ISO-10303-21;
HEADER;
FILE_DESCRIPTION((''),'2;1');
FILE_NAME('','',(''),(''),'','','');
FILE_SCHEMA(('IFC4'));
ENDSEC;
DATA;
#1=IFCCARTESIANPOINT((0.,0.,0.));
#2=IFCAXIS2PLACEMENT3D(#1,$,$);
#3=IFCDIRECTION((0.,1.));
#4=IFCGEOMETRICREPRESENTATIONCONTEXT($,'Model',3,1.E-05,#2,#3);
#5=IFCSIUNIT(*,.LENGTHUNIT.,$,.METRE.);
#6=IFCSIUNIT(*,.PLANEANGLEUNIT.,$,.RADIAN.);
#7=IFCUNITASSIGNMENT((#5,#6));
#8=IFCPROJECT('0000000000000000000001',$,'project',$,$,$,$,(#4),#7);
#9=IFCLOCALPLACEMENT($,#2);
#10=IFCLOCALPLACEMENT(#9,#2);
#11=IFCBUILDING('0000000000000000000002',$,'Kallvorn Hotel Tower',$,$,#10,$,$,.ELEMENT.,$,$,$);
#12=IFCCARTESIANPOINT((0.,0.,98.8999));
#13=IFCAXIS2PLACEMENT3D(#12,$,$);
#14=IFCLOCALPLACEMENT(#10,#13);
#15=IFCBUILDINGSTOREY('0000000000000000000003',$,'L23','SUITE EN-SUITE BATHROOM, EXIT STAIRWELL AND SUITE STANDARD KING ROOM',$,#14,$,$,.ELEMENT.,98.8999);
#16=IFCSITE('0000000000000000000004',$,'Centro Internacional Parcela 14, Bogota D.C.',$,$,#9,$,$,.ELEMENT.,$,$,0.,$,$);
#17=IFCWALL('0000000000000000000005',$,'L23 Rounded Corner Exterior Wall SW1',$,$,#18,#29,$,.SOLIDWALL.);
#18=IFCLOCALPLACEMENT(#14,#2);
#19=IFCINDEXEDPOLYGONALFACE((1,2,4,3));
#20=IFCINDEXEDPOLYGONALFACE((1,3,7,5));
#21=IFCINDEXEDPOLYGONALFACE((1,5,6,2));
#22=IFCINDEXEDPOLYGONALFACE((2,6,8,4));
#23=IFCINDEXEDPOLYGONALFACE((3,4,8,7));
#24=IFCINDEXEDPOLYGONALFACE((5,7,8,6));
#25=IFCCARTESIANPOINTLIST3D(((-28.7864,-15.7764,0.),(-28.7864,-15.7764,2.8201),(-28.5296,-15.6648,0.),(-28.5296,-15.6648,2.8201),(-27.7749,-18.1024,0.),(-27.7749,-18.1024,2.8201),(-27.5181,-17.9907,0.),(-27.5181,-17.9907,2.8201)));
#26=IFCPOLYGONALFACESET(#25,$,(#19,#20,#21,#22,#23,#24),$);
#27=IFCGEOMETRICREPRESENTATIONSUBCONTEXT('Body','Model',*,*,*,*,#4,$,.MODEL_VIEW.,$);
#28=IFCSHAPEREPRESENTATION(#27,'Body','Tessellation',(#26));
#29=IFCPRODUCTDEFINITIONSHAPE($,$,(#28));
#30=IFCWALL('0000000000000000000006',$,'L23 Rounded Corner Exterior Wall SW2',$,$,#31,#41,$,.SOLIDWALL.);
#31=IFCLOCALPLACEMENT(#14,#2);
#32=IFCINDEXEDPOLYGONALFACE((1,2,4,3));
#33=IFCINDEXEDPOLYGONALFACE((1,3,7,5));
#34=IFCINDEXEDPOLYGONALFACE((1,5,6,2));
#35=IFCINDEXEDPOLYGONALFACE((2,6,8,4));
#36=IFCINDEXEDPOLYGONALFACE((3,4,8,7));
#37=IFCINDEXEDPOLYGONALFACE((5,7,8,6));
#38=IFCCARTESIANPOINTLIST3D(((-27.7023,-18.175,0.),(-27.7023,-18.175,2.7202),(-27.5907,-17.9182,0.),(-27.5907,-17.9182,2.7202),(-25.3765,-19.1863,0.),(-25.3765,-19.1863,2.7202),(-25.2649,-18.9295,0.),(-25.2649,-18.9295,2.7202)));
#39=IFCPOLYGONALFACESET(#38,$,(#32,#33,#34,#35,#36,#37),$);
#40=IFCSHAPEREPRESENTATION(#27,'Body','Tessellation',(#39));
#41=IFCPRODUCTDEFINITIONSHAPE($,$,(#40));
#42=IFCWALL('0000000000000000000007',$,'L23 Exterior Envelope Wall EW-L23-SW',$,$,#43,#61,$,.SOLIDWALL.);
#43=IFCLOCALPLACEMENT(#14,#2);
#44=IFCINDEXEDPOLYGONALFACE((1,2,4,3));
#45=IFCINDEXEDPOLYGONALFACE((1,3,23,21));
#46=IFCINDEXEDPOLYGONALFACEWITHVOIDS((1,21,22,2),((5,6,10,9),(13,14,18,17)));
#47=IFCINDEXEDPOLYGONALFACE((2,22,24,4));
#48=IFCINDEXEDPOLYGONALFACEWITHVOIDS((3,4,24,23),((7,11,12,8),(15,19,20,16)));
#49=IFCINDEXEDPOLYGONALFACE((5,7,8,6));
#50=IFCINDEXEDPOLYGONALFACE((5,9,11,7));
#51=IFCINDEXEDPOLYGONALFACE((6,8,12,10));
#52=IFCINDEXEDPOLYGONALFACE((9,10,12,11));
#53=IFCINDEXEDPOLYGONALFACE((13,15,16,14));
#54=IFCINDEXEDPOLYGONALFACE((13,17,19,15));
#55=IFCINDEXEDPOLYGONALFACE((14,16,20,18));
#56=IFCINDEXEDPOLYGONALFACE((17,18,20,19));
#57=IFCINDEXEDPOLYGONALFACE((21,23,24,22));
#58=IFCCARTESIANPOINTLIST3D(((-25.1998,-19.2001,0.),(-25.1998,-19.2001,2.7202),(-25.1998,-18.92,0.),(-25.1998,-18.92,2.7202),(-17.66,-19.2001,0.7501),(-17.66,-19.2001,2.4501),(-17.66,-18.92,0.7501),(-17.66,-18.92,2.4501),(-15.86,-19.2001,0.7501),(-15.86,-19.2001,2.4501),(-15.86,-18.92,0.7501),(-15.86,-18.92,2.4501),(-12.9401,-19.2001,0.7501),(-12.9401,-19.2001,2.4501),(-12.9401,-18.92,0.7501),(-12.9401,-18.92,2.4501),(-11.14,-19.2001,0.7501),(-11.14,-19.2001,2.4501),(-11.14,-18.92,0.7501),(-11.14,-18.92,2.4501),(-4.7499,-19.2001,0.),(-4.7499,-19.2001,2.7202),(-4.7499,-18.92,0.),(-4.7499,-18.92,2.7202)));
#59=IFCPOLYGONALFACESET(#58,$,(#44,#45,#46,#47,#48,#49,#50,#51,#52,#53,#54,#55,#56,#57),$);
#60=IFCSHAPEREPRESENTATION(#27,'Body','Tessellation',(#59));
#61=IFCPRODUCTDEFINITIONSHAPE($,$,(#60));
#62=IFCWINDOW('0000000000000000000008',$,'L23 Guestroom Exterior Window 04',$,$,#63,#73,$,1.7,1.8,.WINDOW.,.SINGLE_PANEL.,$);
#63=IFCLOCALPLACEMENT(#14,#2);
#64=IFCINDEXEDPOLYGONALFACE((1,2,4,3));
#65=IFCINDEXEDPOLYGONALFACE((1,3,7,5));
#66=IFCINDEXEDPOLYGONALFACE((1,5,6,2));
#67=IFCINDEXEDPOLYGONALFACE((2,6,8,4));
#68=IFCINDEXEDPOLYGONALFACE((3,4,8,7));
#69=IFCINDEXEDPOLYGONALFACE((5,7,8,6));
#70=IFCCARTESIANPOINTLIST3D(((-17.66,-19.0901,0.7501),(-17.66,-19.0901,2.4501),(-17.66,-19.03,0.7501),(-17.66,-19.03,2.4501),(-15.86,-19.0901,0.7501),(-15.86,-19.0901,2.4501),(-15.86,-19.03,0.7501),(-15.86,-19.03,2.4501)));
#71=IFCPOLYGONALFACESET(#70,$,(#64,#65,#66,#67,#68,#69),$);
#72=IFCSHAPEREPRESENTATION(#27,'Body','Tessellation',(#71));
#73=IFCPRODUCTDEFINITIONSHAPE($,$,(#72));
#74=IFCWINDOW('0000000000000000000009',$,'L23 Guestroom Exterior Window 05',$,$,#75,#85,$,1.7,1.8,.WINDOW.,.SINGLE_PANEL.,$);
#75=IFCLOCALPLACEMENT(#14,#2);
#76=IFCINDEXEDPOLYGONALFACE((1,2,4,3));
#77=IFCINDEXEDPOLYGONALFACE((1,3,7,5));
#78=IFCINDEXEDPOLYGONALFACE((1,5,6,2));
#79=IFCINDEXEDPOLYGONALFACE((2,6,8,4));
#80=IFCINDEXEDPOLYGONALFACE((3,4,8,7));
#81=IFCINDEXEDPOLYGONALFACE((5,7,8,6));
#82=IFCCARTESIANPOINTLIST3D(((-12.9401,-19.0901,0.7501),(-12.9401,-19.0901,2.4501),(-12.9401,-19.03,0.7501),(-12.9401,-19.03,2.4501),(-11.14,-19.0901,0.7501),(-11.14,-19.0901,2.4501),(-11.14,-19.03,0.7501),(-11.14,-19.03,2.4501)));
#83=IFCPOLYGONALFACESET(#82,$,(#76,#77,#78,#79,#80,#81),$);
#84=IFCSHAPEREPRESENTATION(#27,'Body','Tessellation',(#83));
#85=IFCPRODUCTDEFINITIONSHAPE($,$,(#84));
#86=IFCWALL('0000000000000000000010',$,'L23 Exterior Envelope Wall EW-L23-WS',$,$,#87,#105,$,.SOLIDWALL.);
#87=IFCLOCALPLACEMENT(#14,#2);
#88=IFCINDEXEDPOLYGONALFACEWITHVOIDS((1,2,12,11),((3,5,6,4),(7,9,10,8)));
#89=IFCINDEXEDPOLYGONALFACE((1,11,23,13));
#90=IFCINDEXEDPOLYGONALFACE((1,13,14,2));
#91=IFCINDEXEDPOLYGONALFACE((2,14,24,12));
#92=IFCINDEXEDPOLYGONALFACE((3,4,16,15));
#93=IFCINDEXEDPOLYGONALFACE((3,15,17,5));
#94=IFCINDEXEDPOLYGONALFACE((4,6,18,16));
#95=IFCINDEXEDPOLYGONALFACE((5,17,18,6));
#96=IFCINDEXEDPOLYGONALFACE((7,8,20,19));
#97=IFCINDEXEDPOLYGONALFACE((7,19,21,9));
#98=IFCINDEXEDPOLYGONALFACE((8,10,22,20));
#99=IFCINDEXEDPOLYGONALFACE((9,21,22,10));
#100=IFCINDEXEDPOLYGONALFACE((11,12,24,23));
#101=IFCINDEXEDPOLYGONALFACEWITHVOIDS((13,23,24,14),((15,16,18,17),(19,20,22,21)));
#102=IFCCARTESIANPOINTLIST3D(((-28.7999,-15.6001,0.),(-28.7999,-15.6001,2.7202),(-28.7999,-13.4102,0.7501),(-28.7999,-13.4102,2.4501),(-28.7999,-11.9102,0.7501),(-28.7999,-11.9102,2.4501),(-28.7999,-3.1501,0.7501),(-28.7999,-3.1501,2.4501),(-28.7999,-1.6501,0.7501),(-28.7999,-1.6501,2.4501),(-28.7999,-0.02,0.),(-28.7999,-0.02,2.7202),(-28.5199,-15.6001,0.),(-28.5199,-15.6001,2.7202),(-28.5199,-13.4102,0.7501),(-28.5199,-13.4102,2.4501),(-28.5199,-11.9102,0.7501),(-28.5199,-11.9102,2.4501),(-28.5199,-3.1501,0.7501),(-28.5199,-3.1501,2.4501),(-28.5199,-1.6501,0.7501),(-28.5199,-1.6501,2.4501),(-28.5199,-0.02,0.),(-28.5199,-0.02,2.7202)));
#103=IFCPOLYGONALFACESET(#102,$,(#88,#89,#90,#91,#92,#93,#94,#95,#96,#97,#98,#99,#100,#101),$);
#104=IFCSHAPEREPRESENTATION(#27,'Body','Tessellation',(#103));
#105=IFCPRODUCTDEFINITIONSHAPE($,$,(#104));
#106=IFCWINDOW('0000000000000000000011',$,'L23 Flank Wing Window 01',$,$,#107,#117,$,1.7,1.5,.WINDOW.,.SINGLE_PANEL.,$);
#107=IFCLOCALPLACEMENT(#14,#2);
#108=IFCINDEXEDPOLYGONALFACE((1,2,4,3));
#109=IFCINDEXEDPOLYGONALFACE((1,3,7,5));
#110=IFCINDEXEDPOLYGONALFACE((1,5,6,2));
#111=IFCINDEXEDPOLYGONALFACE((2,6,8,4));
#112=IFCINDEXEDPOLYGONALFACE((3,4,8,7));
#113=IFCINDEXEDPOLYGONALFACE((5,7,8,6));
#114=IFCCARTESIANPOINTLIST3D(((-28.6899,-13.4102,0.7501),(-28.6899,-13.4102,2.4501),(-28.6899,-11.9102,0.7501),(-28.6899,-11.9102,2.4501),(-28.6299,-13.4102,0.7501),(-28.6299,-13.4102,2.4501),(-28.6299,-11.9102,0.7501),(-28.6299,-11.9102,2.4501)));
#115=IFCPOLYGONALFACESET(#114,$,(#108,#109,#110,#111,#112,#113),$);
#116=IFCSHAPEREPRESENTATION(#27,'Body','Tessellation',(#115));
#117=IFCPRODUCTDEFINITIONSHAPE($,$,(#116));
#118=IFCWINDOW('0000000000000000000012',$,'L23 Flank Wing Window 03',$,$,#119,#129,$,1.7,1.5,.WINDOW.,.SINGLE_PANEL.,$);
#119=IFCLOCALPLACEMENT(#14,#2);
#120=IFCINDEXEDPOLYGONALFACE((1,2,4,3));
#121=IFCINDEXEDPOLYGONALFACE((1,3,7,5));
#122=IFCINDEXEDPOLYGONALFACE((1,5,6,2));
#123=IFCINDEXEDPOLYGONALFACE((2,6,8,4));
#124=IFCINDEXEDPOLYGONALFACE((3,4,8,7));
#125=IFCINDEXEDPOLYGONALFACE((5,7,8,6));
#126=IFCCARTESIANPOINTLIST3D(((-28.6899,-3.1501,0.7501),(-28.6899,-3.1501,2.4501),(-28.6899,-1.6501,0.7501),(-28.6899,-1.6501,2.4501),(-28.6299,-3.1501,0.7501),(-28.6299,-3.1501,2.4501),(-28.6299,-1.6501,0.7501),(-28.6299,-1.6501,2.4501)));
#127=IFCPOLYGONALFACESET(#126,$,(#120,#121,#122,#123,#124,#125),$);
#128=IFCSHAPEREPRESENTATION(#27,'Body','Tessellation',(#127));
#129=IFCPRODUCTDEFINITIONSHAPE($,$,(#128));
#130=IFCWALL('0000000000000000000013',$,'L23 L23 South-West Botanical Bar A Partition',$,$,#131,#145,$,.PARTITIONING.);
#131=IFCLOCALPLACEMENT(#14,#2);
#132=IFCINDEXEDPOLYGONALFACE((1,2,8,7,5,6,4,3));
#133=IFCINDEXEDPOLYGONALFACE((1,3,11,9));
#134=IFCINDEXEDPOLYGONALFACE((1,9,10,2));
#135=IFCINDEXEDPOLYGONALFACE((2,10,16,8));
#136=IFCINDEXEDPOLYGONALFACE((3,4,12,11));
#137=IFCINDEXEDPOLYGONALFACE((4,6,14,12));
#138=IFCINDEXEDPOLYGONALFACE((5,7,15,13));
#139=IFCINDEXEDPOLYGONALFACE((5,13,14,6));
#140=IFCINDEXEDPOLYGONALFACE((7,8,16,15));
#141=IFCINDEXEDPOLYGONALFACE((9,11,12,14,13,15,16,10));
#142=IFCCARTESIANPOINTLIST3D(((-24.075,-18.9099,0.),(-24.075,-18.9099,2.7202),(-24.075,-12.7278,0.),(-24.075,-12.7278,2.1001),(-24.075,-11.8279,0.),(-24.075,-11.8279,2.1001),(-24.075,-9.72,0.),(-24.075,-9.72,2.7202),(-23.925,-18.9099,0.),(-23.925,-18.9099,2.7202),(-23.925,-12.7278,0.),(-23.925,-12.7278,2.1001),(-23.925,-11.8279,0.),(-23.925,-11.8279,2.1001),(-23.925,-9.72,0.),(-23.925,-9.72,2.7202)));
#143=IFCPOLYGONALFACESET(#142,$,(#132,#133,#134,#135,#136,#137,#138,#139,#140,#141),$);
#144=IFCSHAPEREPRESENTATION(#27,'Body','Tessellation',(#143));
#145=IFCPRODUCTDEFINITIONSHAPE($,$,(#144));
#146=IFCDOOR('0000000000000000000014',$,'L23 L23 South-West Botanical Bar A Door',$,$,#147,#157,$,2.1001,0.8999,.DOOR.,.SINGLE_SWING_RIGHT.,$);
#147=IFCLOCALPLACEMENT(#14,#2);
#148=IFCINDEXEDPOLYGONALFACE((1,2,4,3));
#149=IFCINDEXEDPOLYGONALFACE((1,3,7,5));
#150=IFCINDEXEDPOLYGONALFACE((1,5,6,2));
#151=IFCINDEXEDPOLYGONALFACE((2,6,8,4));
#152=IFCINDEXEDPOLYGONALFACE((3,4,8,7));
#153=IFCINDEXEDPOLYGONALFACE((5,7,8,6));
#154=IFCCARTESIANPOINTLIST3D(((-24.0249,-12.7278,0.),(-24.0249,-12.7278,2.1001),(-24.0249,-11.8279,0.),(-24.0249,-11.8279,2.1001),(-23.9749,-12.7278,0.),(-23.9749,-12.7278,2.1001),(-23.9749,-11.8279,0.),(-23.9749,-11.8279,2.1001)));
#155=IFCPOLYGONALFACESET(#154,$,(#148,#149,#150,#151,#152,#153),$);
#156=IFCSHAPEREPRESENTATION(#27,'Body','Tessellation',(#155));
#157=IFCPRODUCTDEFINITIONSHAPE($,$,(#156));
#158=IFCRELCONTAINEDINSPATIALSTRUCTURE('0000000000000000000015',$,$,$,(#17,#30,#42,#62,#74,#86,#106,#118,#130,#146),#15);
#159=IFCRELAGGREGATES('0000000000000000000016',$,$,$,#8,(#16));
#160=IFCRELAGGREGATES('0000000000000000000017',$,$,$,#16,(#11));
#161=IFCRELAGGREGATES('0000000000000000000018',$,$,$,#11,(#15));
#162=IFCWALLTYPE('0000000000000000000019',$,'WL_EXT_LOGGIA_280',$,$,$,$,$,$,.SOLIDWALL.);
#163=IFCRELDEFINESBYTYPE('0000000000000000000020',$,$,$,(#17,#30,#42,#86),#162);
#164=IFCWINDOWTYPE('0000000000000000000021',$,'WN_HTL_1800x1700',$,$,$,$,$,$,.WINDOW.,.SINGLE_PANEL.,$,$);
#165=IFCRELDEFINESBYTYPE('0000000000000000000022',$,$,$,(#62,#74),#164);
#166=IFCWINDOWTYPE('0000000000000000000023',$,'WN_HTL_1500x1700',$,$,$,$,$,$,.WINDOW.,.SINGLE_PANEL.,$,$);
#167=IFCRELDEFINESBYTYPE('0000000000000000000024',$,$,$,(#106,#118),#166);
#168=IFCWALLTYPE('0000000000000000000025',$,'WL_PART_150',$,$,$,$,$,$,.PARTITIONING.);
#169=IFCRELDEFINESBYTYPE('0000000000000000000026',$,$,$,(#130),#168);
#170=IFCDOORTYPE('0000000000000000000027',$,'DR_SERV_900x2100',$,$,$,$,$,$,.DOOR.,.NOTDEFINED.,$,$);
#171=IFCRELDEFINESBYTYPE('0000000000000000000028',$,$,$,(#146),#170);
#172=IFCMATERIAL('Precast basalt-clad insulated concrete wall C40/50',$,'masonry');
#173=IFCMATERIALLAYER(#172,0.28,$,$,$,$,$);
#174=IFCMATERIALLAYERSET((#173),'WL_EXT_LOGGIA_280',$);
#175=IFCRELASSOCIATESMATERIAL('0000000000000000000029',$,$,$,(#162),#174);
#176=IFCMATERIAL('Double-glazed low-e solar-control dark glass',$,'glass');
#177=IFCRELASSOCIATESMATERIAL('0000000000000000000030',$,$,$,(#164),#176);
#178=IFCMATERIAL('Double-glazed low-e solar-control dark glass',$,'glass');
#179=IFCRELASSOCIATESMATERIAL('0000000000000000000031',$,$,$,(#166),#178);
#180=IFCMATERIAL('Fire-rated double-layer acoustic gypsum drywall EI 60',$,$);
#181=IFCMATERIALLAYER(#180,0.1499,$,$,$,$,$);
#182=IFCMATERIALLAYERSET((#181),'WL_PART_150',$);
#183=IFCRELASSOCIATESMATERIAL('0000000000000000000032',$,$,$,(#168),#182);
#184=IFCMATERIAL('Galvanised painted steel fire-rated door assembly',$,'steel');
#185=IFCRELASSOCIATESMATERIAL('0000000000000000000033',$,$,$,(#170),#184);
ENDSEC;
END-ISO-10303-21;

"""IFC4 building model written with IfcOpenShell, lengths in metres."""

from ifc_helpers import new_model, si_unit, direction, frame, frame_2d, origin, place, context, subcontext, project, spatial, rectangle, extrude, material, layer, layer_set, type_object, element, fill, save


model = new_model("IFC4")

# Units and contexts
model_context = context("Model", 3, precision=1e-05, world=origin(), true_north=direction((0.0, 1.0)))
body_context = subcontext(model_context, "Body", "Model", "MODEL_VIEW")
ifc_project = project(units=[si_unit("LENGTHUNIT", "METRE"), si_unit("PLANEANGLEUNIT", "RADIAN")], contexts=[model_context])

# Site, building, storey
site_placement = place(None, origin())
site = spatial("IfcSite", under=ifc_project, at=site_placement, Name="Centro Internacional Parcela 14, Bogota D.C.", CompositionType="ELEMENT", RefElevation=0.0)
building_placement = place(site_placement, origin())
building = spatial("IfcBuilding", under=site, at=building_placement, Name="Kallvorn Hotel Tower", CompositionType="ELEMENT")
storey_placement = place(building_placement, frame((0.0, 0.0, 98.8999)))
storey = spatial("IfcBuildingStorey", under=building, at=storey_placement, Name="L23", Description="SUITE EN-SUITE BATHROOM, EXIT STAIRWELL AND SUITE STANDARD KING ROOM", CompositionType="ELEMENT", Elevation=98.8999)

# Walls
ifc_material_1 = material(Name="Precast basalt-clad insulated concrete wall C40/50", Category="masonry")
ifc_layer_1 = layer(ifc_material_1, 0.28)
ifc_layer_set_1 = layer_set([ifc_layer_1], Name="WL_EXT_LOGGIA_280")
wall_type_1 = type_object("IfcWallType", Name="WL_EXT_LOGGIA_280", PredefinedType="SOLIDWALL", material=ifc_layer_set_1)
wall_1_placement = place(storey_placement, frame((-28.658, -15.7207, 0.0), z_axis=(0.0, 0.0, 1.0), x_axis=(0.398793, -0.917041, 0.0)))
element("IfcWall", 1, at=wall_1_placement, inside=storey, type_object=wall_type_1, Name="L23 Rounded Corner Exterior Wall SW1", PredefinedType="SOLIDWALL", context=body_context, shape_type="SweptSolid", body=[
    extrude(rectangle(XDim=2.5364, YDim=0.28, at=frame_2d((1.2681, 0.0))), origin(), (0.0, 0.0, 1.0), 2.8201),
])
wall_2_placement = place(storey_placement, frame((-27.6465, -18.0466, 0.0), z_axis=(0.0, 0.0, 1.0), x_axis=(0.917061, -0.398747, 0.0)))
element("IfcWall", 2, at=wall_2_placement, inside=storey, type_object=wall_type_1, Name="L23 Rounded Corner Exterior Wall SW2", PredefinedType="SOLIDWALL", context=body_context, shape_type="SweptSolid", body=[
    extrude(rectangle(XDim=2.5361, YDim=0.28, at=frame_2d((1.2681, 0.0))), origin(), (0.0, 0.0, 1.0), 2.7202),
])

# Walls, openings, windows
wall_3_placement = place(storey_placement, frame((-25.2, -19.0601, 0.0), z_axis=(0.0, 0.0, 1.0), x_axis=(1.0, 0.0, 0.0)))
wall_3 = element("IfcWall", 3, at=wall_3_placement, inside=storey, type_object=wall_type_1, Name="L23 Exterior Envelope Wall EW-L23-SW", PredefinedType="SOLIDWALL", context=body_context, shape_type="SweptSolid", body=[
    extrude(rectangle(XDim=20.45, YDim=0.28, at=frame_2d((10.2251, 0.0))), origin(), (0.0, 0.0, 1.0), 2.7202),
])
opening_1_placement = place(wall_3_placement, frame((7.54, 0.0, 0.75)))
opening_1 = element("IfcOpeningElement", 4, at=opening_1_placement, cuts=wall_3, PredefinedType="OPENING", context=body_context, shape_type="SweptSolid", body=[
    extrude(rectangle(XDim=1.8, YDim=1.7, at=frame_2d((0.8999, 0.8501))), frame((0.0, 0.155, 0.0), z_axis=(0.0, -1.0, 0.0), x_axis=(1.0, 0.0, 0.0)), (0.0, 0.0, 1.0), 0.3101),
])
opening_2_placement = place(wall_3_placement, frame((12.26, 0.0, 0.75)))
opening_2 = element("IfcOpeningElement", 5, at=opening_2_placement, cuts=wall_3, PredefinedType="OPENING", context=body_context, shape_type="SweptSolid", body=[
    extrude(rectangle(XDim=1.8, YDim=1.7, at=frame_2d((0.8999, 0.8501))), frame((0.0, 0.155, 0.0), z_axis=(0.0, -1.0, 0.0), x_axis=(1.0, 0.0, 0.0)), (0.0, 0.0, 1.0), 0.3101),
])
ifc_material_2 = material(Name="Double-glazed low-e solar-control dark glass", Category="glass")
window_type_1 = type_object("IfcWindowType", Name="WN_HTL_1800x1700", PartitioningType="SINGLE_PANEL", PredefinedType="WINDOW", material=ifc_material_2)
window_1_placement = place(opening_1_placement, origin())
window_1 = element("IfcWindow", 6, at=window_1_placement, inside=storey, type_object=window_type_1, Name="L23 Guestroom Exterior Window 04", OverallHeight=1.7, OverallWidth=1.8, PartitioningType="SINGLE_PANEL", PredefinedType="WINDOW", context=body_context, shape_type="SweptSolid", body=[
    extrude(rectangle(XDim=1.8, YDim=1.7, at=frame_2d((0.8999, 0.8501))), frame((0.0, 0.03, 0.0), z_axis=(0.0, -1.0, 0.0), x_axis=(1.0, 0.0, 0.0)), (0.0, 0.0, 1.0), 0.0601),
])
fill(opening_1, window_1)
window_2_placement = place(opening_2_placement, origin())
window_2 = element("IfcWindow", 7, at=window_2_placement, inside=storey, type_object=window_type_1, Name="L23 Guestroom Exterior Window 05", OverallHeight=1.7, OverallWidth=1.8, PartitioningType="SINGLE_PANEL", PredefinedType="WINDOW", context=body_context, shape_type="SweptSolid", body=[
    extrude(rectangle(XDim=1.8, YDim=1.7, at=frame_2d((0.8999, 0.8501))), frame((0.0, 0.03, 0.0), z_axis=(0.0, -1.0, 0.0), x_axis=(1.0, 0.0, 0.0)), (0.0, 0.0, 1.0), 0.0601),
])
fill(opening_2, window_2)
wall_4_placement = place(storey_placement, frame((-28.6599, -15.6001, 0.0), z_axis=(0.0, 0.0, 1.0), x_axis=(0.0, 1.0, 0.0)))
wall_4 = element("IfcWall", 8, at=wall_4_placement, inside=storey, type_object=wall_type_1, Name="L23 Exterior Envelope Wall EW-L23-WS", PredefinedType="SOLIDWALL", context=body_context, shape_type="SweptSolid", body=[
    extrude(rectangle(XDim=15.5801, YDim=0.28, at=frame_2d((7.79, 0.0))), origin(), (0.0, 0.0, 1.0), 2.7202),
])
opening_3_placement = place(wall_4_placement, frame((2.1899, 0.0, 0.75)))
opening_3 = element("IfcOpeningElement", 9, at=opening_3_placement, cuts=wall_4, PredefinedType="OPENING", context=body_context, shape_type="SweptSolid", body=[
    extrude(rectangle(XDim=1.5, YDim=1.7, at=frame_2d((0.75, 0.8501))), frame((0.0, 0.155, 0.0), z_axis=(0.0, -1.0, 0.0), x_axis=(1.0, 0.0, 0.0)), (0.0, 0.0, 1.0), 0.3101),
])
opening_4_placement = place(wall_4_placement, frame((12.45, 0.0, 0.75)))
opening_4 = element("IfcOpeningElement", 10, at=opening_4_placement, cuts=wall_4, PredefinedType="OPENING", context=body_context, shape_type="SweptSolid", body=[
    extrude(rectangle(XDim=1.5, YDim=1.7, at=frame_2d((0.75, 0.8501))), frame((0.0, 0.155, 0.0), z_axis=(0.0, -1.0, 0.0), x_axis=(1.0, 0.0, 0.0)), (0.0, 0.0, 1.0), 0.3101),
])
ifc_material_3 = material(Name="Double-glazed low-e solar-control dark glass", Category="glass")
window_type_2 = type_object("IfcWindowType", Name="WN_HTL_1500x1700", PartitioningType="SINGLE_PANEL", PredefinedType="WINDOW", material=ifc_material_3)
window_3_placement = place(opening_3_placement, origin())
window_3 = element("IfcWindow", 11, at=window_3_placement, inside=storey, type_object=window_type_2, Name="L23 Flank Wing Window 01", OverallHeight=1.7, OverallWidth=1.5, PartitioningType="SINGLE_PANEL", PredefinedType="WINDOW", context=body_context, shape_type="SweptSolid", body=[
    extrude(rectangle(XDim=1.5, YDim=1.7, at=frame_2d((0.75, 0.8501))), frame((0.0, 0.03, 0.0), z_axis=(0.0, -1.0, 0.0), x_axis=(1.0, 0.0, 0.0)), (0.0, 0.0, 1.0), 0.0601),
])
fill(opening_3, window_3)
window_4_placement = place(opening_4_placement, origin())
window_4 = element("IfcWindow", 12, at=window_4_placement, inside=storey, type_object=window_type_2, Name="L23 Flank Wing Window 03", OverallHeight=1.7, OverallWidth=1.5, PartitioningType="SINGLE_PANEL", PredefinedType="WINDOW", context=body_context, shape_type="SweptSolid", body=[
    extrude(rectangle(XDim=1.5, YDim=1.7, at=frame_2d((0.75, 0.8501))), frame((0.0, 0.03, 0.0), z_axis=(0.0, -1.0, 0.0), x_axis=(1.0, 0.0, 0.0)), (0.0, 0.0, 1.0), 0.0601),
])
fill(opening_4, window_4)

# Wall, opening, door
ifc_material_4 = material(Name="Fire-rated double-layer acoustic gypsum drywall EI 60")
ifc_layer_2 = layer(ifc_material_4, 0.1499)
ifc_layer_set_2 = layer_set([ifc_layer_2], Name="WL_PART_150")
wall_type_2 = type_object("IfcWallType", Name="WL_PART_150", PredefinedType="PARTITIONING", material=ifc_layer_set_2)
wall_5_placement = place(storey_placement, frame((-24.0, -18.9099, 0.0), z_axis=(0.0, 0.0, 1.0), x_axis=(0.0, 1.0, 0.0)))
wall_5 = element("IfcWall", 13, at=wall_5_placement, inside=storey, type_object=wall_type_2, Name="L23 L23 South-West Botanical Bar A Partition", PredefinedType="PARTITIONING", context=body_context, shape_type="SweptSolid", body=[
    extrude(rectangle(XDim=9.1899, YDim=0.1499, at=frame_2d((4.595, 0.0))), origin(), (0.0, 0.0, 1.0), 2.7202),
])
opening_5_placement = place(wall_5_placement, frame((6.1821, 0.0, 0.0)))
opening_5 = element("IfcOpeningElement", 14, at=opening_5_placement, cuts=wall_5, PredefinedType="OPENING", context=body_context, shape_type="SweptSolid", body=[
    extrude(rectangle(XDim=0.8999, YDim=2.1001, at=frame_2d((0.45, 1.05))), frame((0.0, 0.0898, 0.0), z_axis=(0.0, -1.0, 0.0), x_axis=(1.0, 0.0, 0.0)), (0.0, 0.0, 1.0), 0.1799),
])
ifc_material_5 = material(Name="Galvanised painted steel fire-rated door assembly", Category="steel")
door_type = type_object("IfcDoorType", Name="DR_SERV_900x2100", OperationType="NOTDEFINED", PredefinedType="DOOR", material=ifc_material_5)
door_placement = place(opening_5_placement, origin())
door = element("IfcDoor", 15, at=door_placement, inside=storey, type_object=door_type, Name="L23 L23 South-West Botanical Bar A Door", OperationType="SINGLE_SWING_RIGHT", OverallHeight=2.1001, OverallWidth=0.8999, PredefinedType="DOOR", context=body_context, shape_type="SweptSolid", body=[
    extrude(rectangle(XDim=0.8999, YDim=2.1001, at=frame_2d((0.45, 1.05))), frame((0.0, 0.0249, 0.0), z_axis=(0.0, -1.0, 0.0), x_axis=(1.0, 0.0, 0.0)), (0.0, 0.0, 1.0), 0.05),
])
fill(opening_5, door)

save(model, "model.ifc")
